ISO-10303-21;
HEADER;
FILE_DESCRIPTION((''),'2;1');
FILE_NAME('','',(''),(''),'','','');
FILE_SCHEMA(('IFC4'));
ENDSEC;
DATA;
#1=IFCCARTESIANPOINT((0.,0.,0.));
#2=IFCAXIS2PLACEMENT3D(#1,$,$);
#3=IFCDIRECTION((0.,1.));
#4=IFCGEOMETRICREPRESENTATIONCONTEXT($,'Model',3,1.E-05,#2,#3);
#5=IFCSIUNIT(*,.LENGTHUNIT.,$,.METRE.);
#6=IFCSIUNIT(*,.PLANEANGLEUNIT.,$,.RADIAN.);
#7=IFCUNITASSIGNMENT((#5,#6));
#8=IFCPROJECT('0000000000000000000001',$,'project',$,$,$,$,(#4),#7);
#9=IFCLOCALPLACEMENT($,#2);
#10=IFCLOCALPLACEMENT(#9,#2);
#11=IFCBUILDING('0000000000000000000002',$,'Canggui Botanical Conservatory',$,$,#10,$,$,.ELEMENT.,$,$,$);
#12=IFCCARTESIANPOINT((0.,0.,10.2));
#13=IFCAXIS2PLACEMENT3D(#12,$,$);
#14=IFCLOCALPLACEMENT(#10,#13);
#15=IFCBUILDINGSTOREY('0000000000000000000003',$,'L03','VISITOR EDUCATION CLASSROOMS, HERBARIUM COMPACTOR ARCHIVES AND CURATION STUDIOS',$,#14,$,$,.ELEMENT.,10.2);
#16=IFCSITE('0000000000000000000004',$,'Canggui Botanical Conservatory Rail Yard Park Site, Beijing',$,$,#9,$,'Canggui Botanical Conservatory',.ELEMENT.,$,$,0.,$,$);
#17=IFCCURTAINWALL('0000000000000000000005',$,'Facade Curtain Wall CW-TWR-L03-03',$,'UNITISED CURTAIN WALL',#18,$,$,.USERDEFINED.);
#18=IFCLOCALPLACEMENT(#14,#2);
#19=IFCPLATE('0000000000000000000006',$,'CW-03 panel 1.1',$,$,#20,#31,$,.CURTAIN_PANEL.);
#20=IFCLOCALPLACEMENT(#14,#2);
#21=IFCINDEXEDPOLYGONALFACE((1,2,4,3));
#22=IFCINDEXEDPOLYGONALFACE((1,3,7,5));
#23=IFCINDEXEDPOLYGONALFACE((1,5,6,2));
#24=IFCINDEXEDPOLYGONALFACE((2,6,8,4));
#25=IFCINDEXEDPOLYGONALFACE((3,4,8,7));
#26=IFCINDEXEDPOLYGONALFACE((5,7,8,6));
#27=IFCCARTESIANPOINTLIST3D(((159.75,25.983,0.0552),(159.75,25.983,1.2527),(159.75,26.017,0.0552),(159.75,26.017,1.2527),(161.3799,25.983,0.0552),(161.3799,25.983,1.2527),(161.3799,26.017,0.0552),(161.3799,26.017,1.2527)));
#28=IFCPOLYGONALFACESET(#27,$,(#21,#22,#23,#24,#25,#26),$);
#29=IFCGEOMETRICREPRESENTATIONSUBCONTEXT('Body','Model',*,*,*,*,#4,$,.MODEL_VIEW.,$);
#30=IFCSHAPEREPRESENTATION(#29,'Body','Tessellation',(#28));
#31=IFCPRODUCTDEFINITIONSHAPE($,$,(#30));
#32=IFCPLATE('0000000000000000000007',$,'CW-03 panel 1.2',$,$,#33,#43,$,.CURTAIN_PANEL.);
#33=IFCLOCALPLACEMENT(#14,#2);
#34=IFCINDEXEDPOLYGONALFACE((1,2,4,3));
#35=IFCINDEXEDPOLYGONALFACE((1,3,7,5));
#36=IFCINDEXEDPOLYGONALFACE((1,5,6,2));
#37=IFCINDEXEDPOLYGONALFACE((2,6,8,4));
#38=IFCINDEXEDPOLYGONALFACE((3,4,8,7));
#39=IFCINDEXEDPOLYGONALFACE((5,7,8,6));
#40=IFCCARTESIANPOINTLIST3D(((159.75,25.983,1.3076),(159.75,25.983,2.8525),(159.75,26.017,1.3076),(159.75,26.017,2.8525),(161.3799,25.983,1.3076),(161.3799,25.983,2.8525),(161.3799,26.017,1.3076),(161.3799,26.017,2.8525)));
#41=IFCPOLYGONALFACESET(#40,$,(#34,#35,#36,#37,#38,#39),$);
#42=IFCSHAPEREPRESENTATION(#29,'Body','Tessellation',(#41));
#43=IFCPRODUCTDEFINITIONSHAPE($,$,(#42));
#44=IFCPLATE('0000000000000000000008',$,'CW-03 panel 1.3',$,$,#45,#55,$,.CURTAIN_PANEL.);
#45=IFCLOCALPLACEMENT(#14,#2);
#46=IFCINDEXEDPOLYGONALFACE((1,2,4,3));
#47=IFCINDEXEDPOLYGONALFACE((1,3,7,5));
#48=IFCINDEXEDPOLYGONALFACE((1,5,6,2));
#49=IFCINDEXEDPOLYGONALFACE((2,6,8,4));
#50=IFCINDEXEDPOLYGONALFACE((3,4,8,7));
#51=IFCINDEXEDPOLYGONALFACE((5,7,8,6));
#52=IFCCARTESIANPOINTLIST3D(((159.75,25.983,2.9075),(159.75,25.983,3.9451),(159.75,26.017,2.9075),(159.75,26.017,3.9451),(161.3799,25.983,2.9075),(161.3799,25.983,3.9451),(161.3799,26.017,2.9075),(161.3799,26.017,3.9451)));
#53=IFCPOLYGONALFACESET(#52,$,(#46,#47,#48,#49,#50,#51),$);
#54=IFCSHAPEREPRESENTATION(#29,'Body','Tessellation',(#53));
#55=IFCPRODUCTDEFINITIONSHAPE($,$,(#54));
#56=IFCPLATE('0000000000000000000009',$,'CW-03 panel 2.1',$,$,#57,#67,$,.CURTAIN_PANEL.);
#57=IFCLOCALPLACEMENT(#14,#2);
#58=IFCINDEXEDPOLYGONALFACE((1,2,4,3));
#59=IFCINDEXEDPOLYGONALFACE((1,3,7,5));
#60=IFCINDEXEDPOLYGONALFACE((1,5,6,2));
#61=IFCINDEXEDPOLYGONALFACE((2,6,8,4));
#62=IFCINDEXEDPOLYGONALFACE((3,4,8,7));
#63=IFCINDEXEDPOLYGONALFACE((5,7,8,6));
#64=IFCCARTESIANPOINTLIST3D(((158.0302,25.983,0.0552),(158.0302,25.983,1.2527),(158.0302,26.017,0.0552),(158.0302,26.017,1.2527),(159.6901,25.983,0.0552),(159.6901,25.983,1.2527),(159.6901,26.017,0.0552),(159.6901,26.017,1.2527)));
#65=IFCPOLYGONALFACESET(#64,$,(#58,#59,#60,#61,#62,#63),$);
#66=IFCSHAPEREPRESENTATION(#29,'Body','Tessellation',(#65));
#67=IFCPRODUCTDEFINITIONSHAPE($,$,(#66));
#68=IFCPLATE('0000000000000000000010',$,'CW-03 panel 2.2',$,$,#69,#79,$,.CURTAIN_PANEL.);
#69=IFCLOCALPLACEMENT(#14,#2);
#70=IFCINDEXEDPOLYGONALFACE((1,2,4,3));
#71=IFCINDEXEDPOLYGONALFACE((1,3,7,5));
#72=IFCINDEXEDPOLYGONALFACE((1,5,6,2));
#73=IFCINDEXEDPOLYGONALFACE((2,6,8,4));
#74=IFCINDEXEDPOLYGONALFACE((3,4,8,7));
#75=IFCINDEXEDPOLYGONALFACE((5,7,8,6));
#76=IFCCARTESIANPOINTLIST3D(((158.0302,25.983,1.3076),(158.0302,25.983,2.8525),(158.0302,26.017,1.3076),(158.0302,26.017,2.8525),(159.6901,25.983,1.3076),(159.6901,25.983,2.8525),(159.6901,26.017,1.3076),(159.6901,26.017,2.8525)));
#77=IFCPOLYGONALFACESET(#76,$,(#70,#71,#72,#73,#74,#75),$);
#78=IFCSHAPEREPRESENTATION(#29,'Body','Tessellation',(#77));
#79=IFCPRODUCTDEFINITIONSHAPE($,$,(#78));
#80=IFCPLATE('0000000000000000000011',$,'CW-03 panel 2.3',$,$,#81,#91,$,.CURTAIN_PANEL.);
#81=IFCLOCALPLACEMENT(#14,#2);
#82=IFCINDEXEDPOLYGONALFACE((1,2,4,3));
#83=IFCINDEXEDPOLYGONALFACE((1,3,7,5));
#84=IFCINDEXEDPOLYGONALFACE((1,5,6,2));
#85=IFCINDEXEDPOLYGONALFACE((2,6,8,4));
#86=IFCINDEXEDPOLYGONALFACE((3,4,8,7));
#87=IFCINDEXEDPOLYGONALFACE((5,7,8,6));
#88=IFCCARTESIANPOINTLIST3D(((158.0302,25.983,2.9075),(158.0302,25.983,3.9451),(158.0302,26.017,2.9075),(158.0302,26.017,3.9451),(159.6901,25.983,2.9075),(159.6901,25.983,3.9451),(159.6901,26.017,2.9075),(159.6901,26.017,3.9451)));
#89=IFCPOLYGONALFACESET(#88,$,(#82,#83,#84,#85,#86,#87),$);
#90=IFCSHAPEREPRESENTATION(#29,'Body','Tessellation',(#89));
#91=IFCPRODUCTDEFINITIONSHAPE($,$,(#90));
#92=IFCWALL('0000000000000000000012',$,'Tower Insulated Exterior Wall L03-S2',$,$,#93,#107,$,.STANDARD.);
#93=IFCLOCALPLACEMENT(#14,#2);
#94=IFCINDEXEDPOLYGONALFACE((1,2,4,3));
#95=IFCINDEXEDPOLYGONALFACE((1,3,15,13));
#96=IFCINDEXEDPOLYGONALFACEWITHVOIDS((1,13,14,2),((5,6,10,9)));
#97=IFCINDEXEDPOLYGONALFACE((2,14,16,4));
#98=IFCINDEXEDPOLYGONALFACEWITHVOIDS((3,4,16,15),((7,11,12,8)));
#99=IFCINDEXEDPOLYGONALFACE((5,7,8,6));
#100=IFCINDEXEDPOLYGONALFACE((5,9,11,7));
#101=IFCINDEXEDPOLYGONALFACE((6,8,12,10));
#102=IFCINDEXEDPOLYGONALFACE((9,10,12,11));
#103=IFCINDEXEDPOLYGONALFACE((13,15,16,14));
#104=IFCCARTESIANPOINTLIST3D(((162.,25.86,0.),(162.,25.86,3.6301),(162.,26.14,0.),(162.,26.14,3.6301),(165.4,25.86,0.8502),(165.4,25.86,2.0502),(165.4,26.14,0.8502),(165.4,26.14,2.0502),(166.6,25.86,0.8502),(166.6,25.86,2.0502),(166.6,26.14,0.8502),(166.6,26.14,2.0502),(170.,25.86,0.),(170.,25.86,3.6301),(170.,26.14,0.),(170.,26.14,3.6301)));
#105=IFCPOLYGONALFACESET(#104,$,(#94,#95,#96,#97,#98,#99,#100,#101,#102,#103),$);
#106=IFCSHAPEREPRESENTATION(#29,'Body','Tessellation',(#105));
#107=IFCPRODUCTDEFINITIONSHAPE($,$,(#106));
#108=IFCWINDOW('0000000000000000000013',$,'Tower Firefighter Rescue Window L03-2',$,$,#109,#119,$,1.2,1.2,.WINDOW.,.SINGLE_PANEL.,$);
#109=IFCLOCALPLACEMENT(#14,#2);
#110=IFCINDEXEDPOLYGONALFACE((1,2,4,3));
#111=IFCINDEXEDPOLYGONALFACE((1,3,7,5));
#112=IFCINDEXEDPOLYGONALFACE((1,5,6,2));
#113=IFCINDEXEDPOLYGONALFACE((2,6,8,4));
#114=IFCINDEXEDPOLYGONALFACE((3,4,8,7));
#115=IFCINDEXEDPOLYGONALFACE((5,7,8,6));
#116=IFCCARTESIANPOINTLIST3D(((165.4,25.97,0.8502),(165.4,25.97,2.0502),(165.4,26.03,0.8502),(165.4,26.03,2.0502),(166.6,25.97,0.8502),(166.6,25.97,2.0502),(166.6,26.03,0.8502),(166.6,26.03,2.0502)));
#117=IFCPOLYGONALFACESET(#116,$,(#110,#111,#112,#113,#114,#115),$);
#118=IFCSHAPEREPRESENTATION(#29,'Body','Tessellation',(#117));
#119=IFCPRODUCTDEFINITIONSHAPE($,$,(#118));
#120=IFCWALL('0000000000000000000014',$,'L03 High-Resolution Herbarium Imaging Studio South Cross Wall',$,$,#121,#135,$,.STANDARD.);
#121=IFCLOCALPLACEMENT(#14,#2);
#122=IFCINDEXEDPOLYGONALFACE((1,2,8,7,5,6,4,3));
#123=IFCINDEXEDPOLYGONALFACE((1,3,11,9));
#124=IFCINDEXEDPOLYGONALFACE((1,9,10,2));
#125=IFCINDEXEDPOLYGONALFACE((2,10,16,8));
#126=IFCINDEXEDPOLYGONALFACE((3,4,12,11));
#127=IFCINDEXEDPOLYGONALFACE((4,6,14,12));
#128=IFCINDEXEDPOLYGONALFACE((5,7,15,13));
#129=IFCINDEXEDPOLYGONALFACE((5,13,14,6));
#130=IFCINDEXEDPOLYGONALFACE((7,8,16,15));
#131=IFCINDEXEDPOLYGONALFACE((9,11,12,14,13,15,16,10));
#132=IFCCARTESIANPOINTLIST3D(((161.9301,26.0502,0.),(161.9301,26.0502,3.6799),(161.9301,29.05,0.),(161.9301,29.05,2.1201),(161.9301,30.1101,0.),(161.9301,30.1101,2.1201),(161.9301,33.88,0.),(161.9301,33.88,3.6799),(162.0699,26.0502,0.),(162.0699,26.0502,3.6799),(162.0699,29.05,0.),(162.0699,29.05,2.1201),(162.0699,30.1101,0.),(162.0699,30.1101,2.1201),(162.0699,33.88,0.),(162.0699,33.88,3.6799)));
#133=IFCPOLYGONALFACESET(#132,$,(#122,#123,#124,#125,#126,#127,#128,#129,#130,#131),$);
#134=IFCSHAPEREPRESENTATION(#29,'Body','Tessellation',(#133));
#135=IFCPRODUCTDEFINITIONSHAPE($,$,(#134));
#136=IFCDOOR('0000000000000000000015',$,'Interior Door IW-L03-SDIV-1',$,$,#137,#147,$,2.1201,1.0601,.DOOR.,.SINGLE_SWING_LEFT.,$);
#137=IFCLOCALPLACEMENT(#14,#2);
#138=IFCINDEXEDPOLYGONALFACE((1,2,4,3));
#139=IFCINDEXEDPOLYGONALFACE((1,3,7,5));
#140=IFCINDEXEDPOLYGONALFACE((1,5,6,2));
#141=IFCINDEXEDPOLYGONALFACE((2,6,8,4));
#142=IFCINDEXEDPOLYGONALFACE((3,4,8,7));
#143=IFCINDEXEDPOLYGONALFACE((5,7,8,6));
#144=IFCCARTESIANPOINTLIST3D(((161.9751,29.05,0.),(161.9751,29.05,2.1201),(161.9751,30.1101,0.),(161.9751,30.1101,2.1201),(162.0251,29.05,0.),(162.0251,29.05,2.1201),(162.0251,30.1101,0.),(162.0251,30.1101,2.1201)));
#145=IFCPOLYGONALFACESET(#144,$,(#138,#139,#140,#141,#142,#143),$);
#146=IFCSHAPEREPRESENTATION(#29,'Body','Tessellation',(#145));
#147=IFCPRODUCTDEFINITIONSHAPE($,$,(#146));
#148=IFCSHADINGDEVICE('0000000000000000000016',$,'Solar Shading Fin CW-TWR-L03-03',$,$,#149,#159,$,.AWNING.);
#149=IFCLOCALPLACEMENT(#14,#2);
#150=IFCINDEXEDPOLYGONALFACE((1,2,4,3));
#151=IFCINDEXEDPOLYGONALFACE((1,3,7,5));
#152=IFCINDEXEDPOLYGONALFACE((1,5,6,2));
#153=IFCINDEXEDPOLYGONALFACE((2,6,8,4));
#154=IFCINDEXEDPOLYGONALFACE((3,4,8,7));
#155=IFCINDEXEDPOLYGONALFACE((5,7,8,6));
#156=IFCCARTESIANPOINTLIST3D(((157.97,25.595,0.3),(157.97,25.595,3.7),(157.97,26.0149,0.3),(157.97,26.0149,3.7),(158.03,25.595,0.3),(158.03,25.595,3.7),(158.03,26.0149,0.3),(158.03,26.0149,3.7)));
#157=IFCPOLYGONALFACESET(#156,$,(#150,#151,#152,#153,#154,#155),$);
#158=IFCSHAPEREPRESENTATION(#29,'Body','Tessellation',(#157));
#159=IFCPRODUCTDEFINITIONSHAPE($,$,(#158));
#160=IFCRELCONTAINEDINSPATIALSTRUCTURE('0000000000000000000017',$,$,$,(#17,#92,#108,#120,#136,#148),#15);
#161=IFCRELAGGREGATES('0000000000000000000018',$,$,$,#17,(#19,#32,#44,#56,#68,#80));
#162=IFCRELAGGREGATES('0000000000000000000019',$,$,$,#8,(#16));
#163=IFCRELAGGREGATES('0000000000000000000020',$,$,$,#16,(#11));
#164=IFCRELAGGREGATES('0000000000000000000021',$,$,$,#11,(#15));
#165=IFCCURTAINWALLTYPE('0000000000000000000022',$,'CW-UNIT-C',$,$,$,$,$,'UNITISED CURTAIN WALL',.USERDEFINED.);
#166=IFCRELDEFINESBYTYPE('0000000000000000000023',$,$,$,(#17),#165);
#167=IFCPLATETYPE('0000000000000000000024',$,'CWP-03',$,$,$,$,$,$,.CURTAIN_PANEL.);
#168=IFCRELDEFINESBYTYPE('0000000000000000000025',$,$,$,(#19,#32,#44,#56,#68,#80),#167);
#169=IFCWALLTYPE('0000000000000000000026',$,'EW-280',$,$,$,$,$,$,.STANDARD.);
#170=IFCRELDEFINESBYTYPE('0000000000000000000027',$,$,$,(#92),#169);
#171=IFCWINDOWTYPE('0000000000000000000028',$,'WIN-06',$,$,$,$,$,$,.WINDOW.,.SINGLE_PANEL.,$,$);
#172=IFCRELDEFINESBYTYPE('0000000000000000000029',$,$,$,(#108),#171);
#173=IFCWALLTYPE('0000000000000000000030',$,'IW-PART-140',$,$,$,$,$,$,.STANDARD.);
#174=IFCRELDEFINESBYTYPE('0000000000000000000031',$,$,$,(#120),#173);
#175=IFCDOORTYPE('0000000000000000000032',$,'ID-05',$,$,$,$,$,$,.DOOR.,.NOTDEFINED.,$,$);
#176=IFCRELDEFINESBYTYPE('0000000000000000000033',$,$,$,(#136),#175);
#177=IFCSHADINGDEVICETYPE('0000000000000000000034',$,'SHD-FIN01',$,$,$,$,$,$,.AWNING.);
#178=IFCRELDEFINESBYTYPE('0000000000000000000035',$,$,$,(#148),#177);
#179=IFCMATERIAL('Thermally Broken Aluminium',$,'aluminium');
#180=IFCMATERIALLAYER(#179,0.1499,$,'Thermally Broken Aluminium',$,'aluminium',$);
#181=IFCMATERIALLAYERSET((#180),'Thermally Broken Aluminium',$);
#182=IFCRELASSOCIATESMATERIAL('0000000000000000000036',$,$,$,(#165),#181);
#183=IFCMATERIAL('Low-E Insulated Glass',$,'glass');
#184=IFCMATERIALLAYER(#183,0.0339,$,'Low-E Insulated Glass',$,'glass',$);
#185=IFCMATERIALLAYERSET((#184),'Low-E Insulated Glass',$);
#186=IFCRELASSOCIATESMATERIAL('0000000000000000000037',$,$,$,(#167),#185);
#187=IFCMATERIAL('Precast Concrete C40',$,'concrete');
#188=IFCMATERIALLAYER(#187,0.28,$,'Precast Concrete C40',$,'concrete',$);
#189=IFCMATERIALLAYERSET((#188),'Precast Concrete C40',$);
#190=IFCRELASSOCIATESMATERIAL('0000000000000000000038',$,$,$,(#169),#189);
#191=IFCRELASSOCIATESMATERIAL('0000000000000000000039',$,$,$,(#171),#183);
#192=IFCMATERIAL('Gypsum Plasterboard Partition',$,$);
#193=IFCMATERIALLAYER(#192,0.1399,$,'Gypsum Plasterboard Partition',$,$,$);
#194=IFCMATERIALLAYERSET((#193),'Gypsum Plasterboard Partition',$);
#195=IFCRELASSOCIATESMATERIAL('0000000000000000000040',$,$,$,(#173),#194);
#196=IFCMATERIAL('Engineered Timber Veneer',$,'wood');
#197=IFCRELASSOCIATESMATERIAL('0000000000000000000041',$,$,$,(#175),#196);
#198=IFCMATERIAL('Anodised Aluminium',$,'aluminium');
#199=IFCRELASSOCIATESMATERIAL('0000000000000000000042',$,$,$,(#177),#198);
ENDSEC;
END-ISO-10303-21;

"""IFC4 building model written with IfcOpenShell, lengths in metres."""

from ifc_helpers import new_model, si_unit, direction, frame, frame_2d, origin, origin_2d, place, context, subcontext, project, spatial, rectangle, extrude, material, layer, layer_set, type_object, element, fill, aggregate, save


model = new_model("IFC4")

# Units and contexts
model_context = context("Model", 3, precision=1e-05, world=origin(), true_north=direction((0.0, 1.0)))
body_context = subcontext(model_context, "Body", "Model", "MODEL_VIEW")
ifc_project = project(units=[si_unit("LENGTHUNIT", "METRE"), si_unit("PLANEANGLEUNIT", "RADIAN")], contexts=[model_context])

# Site, building, storey
site_placement = place(None, origin())
site = spatial("IfcSite", under=ifc_project, at=site_placement, Name="Canggui Botanical Conservatory Rail Yard Park Site, Beijing", LongName="Canggui Botanical Conservatory", CompositionType="ELEMENT", RefElevation=0.0)
building_placement = place(site_placement, origin())
building = spatial("IfcBuilding", under=site, at=building_placement, Name="Canggui Botanical Conservatory", CompositionType="ELEMENT")
storey_placement = place(building_placement, frame((0.0, 0.0, 10.2)))
storey = spatial("IfcBuildingStorey", under=building, at=storey_placement, Name="L03", Description="VISITOR EDUCATION CLASSROOMS, HERBARIUM COMPACTOR ARCHIVES AND CURATION STUDIOS", CompositionType="ELEMENT", Elevation=10.2)

# Shared definitions
ifc_material_1 = material(Name="Thermally Broken Aluminium", Category="aluminium")
ifc_layer_1 = layer(ifc_material_1, 0.1499, Name="Thermally Broken Aluminium", Category="aluminium")
ifc_layer_set_1 = layer_set([ifc_layer_1], Name="Thermally Broken Aluminium")
curtain_wall_type = type_object("IfcCurtainWallType", Name="CW-UNIT-C", ElementType="UNITISED CURTAIN WALL", PredefinedType="USERDEFINED", material=ifc_layer_set_1)

# Curtain wall
curtain_wall_1_placement = place(storey_placement, origin())
curtain_wall_1 = element("IfcCurtainWall", 1, at=curtain_wall_1_placement, inside=storey, type_object=curtain_wall_type, Name="Facade Curtain Wall CW-TWR-L03-03", ObjectType="UNITISED CURTAIN WALL", PredefinedType="USERDEFINED")

# Plates
ifc_material_2 = material(Name="Low-E Insulated Glass", Category="glass")
ifc_layer_2 = layer(ifc_material_2, 0.0339, Name="Low-E Insulated Glass", Category="glass")
ifc_layer_set_2 = layer_set([ifc_layer_2], Name="Low-E Insulated Glass")
plate_type = type_object("IfcPlateType", Name="CWP-03", PredefinedType="CURTAIN_PANEL", material=ifc_layer_set_2)
plate_1_placement = place(storey_placement, frame((160.5649, 26.0, 0.0552), z_axis=(0.0, 0.0, 1.0), x_axis=(-1.0, 0.0, 0.0)))
plate_1 = element("IfcPlate", 2, at=plate_1_placement, type_object=plate_type, Name="CW-03 panel 1.1", PredefinedType="CURTAIN_PANEL", context=body_context, shape_type="SweptSolid", body=[
    extrude(rectangle(XDim=1.6299, YDim=0.0339, at=origin_2d()), origin(), (0.0, 0.0, 1.0), 1.1975),
])
plate_2_placement = place(storey_placement, frame((160.5649, 26.0, 1.3076), z_axis=(0.0, 0.0, 1.0), x_axis=(-1.0, 0.0, 0.0)))
plate_2 = element("IfcPlate", 3, at=plate_2_placement, type_object=plate_type, Name="CW-03 panel 1.2", PredefinedType="CURTAIN_PANEL", context=body_context, shape_type="SweptSolid", body=[
    extrude(rectangle(XDim=1.6299, YDim=0.0339, at=origin_2d()), origin(), (0.0, 0.0, 1.0), 1.5449),
])
plate_3_placement = place(storey_placement, frame((160.5649, 26.0, 2.9075), z_axis=(0.0, 0.0, 1.0), x_axis=(-1.0, 0.0, 0.0)))
plate_3 = element("IfcPlate", 4, at=plate_3_placement, type_object=plate_type, Name="CW-03 panel 1.3", PredefinedType="CURTAIN_PANEL", context=body_context, shape_type="SweptSolid", body=[
    extrude(rectangle(XDim=1.6299, YDim=0.0339, at=origin_2d()), origin(), (0.0, 0.0, 1.0), 1.0376),
])
plate_4_placement = place(storey_placement, frame((158.8601, 26.0, 0.0552), z_axis=(0.0, 0.0, 1.0), x_axis=(-1.0, 0.0, 0.0)))
plate_4 = element("IfcPlate", 5, at=plate_4_placement, type_object=plate_type, Name="CW-03 panel 2.1", PredefinedType="CURTAIN_PANEL", context=body_context, shape_type="SweptSolid", body=[
    extrude(rectangle(XDim=1.6599, YDim=0.0339, at=origin_2d()), origin(), (0.0, 0.0, 1.0), 1.1975),
])
plate_5_placement = place(storey_placement, frame((158.8601, 26.0, 1.3076), z_axis=(0.0, 0.0, 1.0), x_axis=(-1.0, 0.0, 0.0)))
plate_5 = element("IfcPlate", 6, at=plate_5_placement, type_object=plate_type, Name="CW-03 panel 2.2", PredefinedType="CURTAIN_PANEL", context=body_context, shape_type="SweptSolid", body=[
    extrude(rectangle(XDim=1.6599, YDim=0.0339, at=origin_2d()), origin(), (0.0, 0.0, 1.0), 1.5449),
])
plate_6_placement = place(storey_placement, frame((158.8601, 26.0, 2.9075), z_axis=(0.0, 0.0, 1.0), x_axis=(-1.0, 0.0, 0.0)))
plate_6 = element("IfcPlate", 7, at=plate_6_placement, type_object=plate_type, Name="CW-03 panel 2.3", PredefinedType="CURTAIN_PANEL", context=body_context, shape_type="SweptSolid", body=[
    extrude(rectangle(XDim=1.6599, YDim=0.0339, at=origin_2d()), origin(), (0.0, 0.0, 1.0), 1.0376),
])
aggregate(curtain_wall_1, [plate_1, plate_2, plate_3, plate_4, plate_5, plate_6])

# Wall, opening, window
ifc_material_3 = material(Name="Precast Concrete C40", Category="concrete")
ifc_layer_3 = layer(ifc_material_3, 0.28, Name="Precast Concrete C40", Category="concrete")
ifc_layer_set_3 = layer_set([ifc_layer_3], Name="Precast Concrete C40")
wall_type_1 = type_object("IfcWallType", Name="EW-280", PredefinedType="STANDARD", material=ifc_layer_set_3)
wall_1_placement = place(storey_placement, frame((170.0, 26.0, 0.0), z_axis=(0.0, 0.0, 1.0), x_axis=(-1.0, 0.0, 0.0)))
wall_1 = element("IfcWall", 8, at=wall_1_placement, inside=storey, type_object=wall_type_1, Name="Tower Insulated Exterior Wall L03-S2", PredefinedType="STANDARD", context=body_context, shape_type="SweptSolid", body=[
    extrude(rectangle(XDim=8.0, YDim=0.28, at=frame_2d((4.0, 0.0))), origin(), (0.0, 0.0, 1.0), 3.6301),
])
opening_1_placement = place(wall_1_placement, frame((3.3999, 0.0, 0.8501)))
opening_1 = element("IfcOpeningElement", 9, at=opening_1_placement, cuts=wall_1, PredefinedType="OPENING", context=body_context, shape_type="SweptSolid", body=[
    extrude(rectangle(XDim=1.2, YDim=1.2, at=frame_2d((0.6001, 0.6001))), frame((0.0, 0.1499, 0.0), z_axis=(0.0, -1.0, 0.0), x_axis=(1.0, 0.0, 0.0)), (0.0, 0.0, 1.0), 0.3),
])
window_type = type_object("IfcWindowType", Name="WIN-06", PartitioningType="SINGLE_PANEL", PredefinedType="WINDOW", material=ifc_material_2)
window_placement = place(opening_1_placement, origin())
window = element("IfcWindow", 10, at=window_placement, inside=storey, type_object=window_type, Name="Tower Firefighter Rescue Window L03-2", OverallHeight=1.2, OverallWidth=1.2, PartitioningType="SINGLE_PANEL", PredefinedType="WINDOW", context=body_context, shape_type="SweptSolid", body=[
    extrude(rectangle(XDim=1.2, YDim=1.2, at=frame_2d((0.6001, 0.6001))), frame((0.0, 0.03, 0.0), z_axis=(0.0, -1.0, 0.0), x_axis=(1.0, 0.0, 0.0)), (0.0, 0.0, 1.0), 0.0601),
])
fill(opening_1, window)

# Wall, opening, door
ifc_material_4 = material(Name="Gypsum Plasterboard Partition")
ifc_layer_4 = layer(ifc_material_4, 0.1399, Name="Gypsum Plasterboard Partition")
ifc_layer_set_4 = layer_set([ifc_layer_4], Name="Gypsum Plasterboard Partition")
wall_type_2 = type_object("IfcWallType", Name="IW-PART-140", PredefinedType="STANDARD", material=ifc_layer_set_4)
wall_2_placement = place(storey_placement, frame((162.0, 26.05, 0.0), z_axis=(0.0, 0.0, 1.0), x_axis=(0.0, 1.0, 0.0)))
wall_2 = element("IfcWall", 11, at=wall_2_placement, inside=storey, type_object=wall_type_2, Name="L03 High-Resolution Herbarium Imaging Studio South Cross Wall", PredefinedType="STANDARD", context=body_context, shape_type="SweptSolid", body=[
    extrude(rectangle(XDim=7.8298, YDim=0.1399, at=frame_2d((3.915, 0.0))), origin(), (0.0, 0.0, 1.0), 3.6799),
])
opening_2_placement = place(wall_2_placement, frame((3.0, 0.0, 0.0)))
opening_2 = element("IfcOpeningElement", 12, at=opening_2_placement, cuts=wall_2, PredefinedType="OPENING", context=body_context, shape_type="SweptSolid", body=[
    extrude(rectangle(XDim=1.0601, YDim=2.1201, at=frame_2d((0.53, 1.0601))), frame((0.0, 0.0801, 0.0), z_axis=(0.0, -1.0, 0.0), x_axis=(1.0, 0.0, 0.0)), (0.0, 0.0, 1.0), 0.1599),
])
ifc_material_5 = material(Name="Engineered Timber Veneer", Category="wood")
door_type = type_object("IfcDoorType", Name="ID-05", OperationType="NOTDEFINED", PredefinedType="DOOR", material=ifc_material_5)
door_placement = place(opening_2_placement, origin())
door = element("IfcDoor", 13, at=door_placement, inside=storey, type_object=door_type, Name="Interior Door IW-L03-SDIV-1", OperationType="SINGLE_SWING_LEFT", OverallHeight=2.1201, OverallWidth=1.0601, PredefinedType="DOOR", context=body_context, shape_type="SweptSolid", body=[
    extrude(rectangle(XDim=1.0601, YDim=2.1201, at=frame_2d((0.53, 1.0601))), frame((0.0, 0.0249, 0.0), z_axis=(0.0, -1.0, 0.0), x_axis=(1.0, 0.0, 0.0)), (0.0, 0.0, 1.0), 0.05),
])
fill(opening_2, door)

# Shading device
ifc_material_6 = material(Name="Anodised Aluminium", Category="aluminium")
shading_device_type = type_object("IfcShadingDeviceType", Name="SHD-FIN01", PredefinedType="AWNING", material=ifc_material_6)
shading_device_placement = place(storey_placement, frame((158.0, 25.8049, 0.3), z_axis=(0.0, 0.0, 1.0), x_axis=(-1.0, 0.0, 0.0)))
element("IfcShadingDevice", 14, at=shading_device_placement, inside=storey, type_object=shading_device_type, Name="Solar Shading Fin CW-TWR-L03-03", PredefinedType="AWNING", context=body_context, shape_type="SweptSolid", body=[
    extrude(rectangle(XDim=0.0601, YDim=0.4199, at=origin_2d()), origin(), (0.0, 0.0, 1.0), 3.3999),
])

save(model, "model.ifc")
